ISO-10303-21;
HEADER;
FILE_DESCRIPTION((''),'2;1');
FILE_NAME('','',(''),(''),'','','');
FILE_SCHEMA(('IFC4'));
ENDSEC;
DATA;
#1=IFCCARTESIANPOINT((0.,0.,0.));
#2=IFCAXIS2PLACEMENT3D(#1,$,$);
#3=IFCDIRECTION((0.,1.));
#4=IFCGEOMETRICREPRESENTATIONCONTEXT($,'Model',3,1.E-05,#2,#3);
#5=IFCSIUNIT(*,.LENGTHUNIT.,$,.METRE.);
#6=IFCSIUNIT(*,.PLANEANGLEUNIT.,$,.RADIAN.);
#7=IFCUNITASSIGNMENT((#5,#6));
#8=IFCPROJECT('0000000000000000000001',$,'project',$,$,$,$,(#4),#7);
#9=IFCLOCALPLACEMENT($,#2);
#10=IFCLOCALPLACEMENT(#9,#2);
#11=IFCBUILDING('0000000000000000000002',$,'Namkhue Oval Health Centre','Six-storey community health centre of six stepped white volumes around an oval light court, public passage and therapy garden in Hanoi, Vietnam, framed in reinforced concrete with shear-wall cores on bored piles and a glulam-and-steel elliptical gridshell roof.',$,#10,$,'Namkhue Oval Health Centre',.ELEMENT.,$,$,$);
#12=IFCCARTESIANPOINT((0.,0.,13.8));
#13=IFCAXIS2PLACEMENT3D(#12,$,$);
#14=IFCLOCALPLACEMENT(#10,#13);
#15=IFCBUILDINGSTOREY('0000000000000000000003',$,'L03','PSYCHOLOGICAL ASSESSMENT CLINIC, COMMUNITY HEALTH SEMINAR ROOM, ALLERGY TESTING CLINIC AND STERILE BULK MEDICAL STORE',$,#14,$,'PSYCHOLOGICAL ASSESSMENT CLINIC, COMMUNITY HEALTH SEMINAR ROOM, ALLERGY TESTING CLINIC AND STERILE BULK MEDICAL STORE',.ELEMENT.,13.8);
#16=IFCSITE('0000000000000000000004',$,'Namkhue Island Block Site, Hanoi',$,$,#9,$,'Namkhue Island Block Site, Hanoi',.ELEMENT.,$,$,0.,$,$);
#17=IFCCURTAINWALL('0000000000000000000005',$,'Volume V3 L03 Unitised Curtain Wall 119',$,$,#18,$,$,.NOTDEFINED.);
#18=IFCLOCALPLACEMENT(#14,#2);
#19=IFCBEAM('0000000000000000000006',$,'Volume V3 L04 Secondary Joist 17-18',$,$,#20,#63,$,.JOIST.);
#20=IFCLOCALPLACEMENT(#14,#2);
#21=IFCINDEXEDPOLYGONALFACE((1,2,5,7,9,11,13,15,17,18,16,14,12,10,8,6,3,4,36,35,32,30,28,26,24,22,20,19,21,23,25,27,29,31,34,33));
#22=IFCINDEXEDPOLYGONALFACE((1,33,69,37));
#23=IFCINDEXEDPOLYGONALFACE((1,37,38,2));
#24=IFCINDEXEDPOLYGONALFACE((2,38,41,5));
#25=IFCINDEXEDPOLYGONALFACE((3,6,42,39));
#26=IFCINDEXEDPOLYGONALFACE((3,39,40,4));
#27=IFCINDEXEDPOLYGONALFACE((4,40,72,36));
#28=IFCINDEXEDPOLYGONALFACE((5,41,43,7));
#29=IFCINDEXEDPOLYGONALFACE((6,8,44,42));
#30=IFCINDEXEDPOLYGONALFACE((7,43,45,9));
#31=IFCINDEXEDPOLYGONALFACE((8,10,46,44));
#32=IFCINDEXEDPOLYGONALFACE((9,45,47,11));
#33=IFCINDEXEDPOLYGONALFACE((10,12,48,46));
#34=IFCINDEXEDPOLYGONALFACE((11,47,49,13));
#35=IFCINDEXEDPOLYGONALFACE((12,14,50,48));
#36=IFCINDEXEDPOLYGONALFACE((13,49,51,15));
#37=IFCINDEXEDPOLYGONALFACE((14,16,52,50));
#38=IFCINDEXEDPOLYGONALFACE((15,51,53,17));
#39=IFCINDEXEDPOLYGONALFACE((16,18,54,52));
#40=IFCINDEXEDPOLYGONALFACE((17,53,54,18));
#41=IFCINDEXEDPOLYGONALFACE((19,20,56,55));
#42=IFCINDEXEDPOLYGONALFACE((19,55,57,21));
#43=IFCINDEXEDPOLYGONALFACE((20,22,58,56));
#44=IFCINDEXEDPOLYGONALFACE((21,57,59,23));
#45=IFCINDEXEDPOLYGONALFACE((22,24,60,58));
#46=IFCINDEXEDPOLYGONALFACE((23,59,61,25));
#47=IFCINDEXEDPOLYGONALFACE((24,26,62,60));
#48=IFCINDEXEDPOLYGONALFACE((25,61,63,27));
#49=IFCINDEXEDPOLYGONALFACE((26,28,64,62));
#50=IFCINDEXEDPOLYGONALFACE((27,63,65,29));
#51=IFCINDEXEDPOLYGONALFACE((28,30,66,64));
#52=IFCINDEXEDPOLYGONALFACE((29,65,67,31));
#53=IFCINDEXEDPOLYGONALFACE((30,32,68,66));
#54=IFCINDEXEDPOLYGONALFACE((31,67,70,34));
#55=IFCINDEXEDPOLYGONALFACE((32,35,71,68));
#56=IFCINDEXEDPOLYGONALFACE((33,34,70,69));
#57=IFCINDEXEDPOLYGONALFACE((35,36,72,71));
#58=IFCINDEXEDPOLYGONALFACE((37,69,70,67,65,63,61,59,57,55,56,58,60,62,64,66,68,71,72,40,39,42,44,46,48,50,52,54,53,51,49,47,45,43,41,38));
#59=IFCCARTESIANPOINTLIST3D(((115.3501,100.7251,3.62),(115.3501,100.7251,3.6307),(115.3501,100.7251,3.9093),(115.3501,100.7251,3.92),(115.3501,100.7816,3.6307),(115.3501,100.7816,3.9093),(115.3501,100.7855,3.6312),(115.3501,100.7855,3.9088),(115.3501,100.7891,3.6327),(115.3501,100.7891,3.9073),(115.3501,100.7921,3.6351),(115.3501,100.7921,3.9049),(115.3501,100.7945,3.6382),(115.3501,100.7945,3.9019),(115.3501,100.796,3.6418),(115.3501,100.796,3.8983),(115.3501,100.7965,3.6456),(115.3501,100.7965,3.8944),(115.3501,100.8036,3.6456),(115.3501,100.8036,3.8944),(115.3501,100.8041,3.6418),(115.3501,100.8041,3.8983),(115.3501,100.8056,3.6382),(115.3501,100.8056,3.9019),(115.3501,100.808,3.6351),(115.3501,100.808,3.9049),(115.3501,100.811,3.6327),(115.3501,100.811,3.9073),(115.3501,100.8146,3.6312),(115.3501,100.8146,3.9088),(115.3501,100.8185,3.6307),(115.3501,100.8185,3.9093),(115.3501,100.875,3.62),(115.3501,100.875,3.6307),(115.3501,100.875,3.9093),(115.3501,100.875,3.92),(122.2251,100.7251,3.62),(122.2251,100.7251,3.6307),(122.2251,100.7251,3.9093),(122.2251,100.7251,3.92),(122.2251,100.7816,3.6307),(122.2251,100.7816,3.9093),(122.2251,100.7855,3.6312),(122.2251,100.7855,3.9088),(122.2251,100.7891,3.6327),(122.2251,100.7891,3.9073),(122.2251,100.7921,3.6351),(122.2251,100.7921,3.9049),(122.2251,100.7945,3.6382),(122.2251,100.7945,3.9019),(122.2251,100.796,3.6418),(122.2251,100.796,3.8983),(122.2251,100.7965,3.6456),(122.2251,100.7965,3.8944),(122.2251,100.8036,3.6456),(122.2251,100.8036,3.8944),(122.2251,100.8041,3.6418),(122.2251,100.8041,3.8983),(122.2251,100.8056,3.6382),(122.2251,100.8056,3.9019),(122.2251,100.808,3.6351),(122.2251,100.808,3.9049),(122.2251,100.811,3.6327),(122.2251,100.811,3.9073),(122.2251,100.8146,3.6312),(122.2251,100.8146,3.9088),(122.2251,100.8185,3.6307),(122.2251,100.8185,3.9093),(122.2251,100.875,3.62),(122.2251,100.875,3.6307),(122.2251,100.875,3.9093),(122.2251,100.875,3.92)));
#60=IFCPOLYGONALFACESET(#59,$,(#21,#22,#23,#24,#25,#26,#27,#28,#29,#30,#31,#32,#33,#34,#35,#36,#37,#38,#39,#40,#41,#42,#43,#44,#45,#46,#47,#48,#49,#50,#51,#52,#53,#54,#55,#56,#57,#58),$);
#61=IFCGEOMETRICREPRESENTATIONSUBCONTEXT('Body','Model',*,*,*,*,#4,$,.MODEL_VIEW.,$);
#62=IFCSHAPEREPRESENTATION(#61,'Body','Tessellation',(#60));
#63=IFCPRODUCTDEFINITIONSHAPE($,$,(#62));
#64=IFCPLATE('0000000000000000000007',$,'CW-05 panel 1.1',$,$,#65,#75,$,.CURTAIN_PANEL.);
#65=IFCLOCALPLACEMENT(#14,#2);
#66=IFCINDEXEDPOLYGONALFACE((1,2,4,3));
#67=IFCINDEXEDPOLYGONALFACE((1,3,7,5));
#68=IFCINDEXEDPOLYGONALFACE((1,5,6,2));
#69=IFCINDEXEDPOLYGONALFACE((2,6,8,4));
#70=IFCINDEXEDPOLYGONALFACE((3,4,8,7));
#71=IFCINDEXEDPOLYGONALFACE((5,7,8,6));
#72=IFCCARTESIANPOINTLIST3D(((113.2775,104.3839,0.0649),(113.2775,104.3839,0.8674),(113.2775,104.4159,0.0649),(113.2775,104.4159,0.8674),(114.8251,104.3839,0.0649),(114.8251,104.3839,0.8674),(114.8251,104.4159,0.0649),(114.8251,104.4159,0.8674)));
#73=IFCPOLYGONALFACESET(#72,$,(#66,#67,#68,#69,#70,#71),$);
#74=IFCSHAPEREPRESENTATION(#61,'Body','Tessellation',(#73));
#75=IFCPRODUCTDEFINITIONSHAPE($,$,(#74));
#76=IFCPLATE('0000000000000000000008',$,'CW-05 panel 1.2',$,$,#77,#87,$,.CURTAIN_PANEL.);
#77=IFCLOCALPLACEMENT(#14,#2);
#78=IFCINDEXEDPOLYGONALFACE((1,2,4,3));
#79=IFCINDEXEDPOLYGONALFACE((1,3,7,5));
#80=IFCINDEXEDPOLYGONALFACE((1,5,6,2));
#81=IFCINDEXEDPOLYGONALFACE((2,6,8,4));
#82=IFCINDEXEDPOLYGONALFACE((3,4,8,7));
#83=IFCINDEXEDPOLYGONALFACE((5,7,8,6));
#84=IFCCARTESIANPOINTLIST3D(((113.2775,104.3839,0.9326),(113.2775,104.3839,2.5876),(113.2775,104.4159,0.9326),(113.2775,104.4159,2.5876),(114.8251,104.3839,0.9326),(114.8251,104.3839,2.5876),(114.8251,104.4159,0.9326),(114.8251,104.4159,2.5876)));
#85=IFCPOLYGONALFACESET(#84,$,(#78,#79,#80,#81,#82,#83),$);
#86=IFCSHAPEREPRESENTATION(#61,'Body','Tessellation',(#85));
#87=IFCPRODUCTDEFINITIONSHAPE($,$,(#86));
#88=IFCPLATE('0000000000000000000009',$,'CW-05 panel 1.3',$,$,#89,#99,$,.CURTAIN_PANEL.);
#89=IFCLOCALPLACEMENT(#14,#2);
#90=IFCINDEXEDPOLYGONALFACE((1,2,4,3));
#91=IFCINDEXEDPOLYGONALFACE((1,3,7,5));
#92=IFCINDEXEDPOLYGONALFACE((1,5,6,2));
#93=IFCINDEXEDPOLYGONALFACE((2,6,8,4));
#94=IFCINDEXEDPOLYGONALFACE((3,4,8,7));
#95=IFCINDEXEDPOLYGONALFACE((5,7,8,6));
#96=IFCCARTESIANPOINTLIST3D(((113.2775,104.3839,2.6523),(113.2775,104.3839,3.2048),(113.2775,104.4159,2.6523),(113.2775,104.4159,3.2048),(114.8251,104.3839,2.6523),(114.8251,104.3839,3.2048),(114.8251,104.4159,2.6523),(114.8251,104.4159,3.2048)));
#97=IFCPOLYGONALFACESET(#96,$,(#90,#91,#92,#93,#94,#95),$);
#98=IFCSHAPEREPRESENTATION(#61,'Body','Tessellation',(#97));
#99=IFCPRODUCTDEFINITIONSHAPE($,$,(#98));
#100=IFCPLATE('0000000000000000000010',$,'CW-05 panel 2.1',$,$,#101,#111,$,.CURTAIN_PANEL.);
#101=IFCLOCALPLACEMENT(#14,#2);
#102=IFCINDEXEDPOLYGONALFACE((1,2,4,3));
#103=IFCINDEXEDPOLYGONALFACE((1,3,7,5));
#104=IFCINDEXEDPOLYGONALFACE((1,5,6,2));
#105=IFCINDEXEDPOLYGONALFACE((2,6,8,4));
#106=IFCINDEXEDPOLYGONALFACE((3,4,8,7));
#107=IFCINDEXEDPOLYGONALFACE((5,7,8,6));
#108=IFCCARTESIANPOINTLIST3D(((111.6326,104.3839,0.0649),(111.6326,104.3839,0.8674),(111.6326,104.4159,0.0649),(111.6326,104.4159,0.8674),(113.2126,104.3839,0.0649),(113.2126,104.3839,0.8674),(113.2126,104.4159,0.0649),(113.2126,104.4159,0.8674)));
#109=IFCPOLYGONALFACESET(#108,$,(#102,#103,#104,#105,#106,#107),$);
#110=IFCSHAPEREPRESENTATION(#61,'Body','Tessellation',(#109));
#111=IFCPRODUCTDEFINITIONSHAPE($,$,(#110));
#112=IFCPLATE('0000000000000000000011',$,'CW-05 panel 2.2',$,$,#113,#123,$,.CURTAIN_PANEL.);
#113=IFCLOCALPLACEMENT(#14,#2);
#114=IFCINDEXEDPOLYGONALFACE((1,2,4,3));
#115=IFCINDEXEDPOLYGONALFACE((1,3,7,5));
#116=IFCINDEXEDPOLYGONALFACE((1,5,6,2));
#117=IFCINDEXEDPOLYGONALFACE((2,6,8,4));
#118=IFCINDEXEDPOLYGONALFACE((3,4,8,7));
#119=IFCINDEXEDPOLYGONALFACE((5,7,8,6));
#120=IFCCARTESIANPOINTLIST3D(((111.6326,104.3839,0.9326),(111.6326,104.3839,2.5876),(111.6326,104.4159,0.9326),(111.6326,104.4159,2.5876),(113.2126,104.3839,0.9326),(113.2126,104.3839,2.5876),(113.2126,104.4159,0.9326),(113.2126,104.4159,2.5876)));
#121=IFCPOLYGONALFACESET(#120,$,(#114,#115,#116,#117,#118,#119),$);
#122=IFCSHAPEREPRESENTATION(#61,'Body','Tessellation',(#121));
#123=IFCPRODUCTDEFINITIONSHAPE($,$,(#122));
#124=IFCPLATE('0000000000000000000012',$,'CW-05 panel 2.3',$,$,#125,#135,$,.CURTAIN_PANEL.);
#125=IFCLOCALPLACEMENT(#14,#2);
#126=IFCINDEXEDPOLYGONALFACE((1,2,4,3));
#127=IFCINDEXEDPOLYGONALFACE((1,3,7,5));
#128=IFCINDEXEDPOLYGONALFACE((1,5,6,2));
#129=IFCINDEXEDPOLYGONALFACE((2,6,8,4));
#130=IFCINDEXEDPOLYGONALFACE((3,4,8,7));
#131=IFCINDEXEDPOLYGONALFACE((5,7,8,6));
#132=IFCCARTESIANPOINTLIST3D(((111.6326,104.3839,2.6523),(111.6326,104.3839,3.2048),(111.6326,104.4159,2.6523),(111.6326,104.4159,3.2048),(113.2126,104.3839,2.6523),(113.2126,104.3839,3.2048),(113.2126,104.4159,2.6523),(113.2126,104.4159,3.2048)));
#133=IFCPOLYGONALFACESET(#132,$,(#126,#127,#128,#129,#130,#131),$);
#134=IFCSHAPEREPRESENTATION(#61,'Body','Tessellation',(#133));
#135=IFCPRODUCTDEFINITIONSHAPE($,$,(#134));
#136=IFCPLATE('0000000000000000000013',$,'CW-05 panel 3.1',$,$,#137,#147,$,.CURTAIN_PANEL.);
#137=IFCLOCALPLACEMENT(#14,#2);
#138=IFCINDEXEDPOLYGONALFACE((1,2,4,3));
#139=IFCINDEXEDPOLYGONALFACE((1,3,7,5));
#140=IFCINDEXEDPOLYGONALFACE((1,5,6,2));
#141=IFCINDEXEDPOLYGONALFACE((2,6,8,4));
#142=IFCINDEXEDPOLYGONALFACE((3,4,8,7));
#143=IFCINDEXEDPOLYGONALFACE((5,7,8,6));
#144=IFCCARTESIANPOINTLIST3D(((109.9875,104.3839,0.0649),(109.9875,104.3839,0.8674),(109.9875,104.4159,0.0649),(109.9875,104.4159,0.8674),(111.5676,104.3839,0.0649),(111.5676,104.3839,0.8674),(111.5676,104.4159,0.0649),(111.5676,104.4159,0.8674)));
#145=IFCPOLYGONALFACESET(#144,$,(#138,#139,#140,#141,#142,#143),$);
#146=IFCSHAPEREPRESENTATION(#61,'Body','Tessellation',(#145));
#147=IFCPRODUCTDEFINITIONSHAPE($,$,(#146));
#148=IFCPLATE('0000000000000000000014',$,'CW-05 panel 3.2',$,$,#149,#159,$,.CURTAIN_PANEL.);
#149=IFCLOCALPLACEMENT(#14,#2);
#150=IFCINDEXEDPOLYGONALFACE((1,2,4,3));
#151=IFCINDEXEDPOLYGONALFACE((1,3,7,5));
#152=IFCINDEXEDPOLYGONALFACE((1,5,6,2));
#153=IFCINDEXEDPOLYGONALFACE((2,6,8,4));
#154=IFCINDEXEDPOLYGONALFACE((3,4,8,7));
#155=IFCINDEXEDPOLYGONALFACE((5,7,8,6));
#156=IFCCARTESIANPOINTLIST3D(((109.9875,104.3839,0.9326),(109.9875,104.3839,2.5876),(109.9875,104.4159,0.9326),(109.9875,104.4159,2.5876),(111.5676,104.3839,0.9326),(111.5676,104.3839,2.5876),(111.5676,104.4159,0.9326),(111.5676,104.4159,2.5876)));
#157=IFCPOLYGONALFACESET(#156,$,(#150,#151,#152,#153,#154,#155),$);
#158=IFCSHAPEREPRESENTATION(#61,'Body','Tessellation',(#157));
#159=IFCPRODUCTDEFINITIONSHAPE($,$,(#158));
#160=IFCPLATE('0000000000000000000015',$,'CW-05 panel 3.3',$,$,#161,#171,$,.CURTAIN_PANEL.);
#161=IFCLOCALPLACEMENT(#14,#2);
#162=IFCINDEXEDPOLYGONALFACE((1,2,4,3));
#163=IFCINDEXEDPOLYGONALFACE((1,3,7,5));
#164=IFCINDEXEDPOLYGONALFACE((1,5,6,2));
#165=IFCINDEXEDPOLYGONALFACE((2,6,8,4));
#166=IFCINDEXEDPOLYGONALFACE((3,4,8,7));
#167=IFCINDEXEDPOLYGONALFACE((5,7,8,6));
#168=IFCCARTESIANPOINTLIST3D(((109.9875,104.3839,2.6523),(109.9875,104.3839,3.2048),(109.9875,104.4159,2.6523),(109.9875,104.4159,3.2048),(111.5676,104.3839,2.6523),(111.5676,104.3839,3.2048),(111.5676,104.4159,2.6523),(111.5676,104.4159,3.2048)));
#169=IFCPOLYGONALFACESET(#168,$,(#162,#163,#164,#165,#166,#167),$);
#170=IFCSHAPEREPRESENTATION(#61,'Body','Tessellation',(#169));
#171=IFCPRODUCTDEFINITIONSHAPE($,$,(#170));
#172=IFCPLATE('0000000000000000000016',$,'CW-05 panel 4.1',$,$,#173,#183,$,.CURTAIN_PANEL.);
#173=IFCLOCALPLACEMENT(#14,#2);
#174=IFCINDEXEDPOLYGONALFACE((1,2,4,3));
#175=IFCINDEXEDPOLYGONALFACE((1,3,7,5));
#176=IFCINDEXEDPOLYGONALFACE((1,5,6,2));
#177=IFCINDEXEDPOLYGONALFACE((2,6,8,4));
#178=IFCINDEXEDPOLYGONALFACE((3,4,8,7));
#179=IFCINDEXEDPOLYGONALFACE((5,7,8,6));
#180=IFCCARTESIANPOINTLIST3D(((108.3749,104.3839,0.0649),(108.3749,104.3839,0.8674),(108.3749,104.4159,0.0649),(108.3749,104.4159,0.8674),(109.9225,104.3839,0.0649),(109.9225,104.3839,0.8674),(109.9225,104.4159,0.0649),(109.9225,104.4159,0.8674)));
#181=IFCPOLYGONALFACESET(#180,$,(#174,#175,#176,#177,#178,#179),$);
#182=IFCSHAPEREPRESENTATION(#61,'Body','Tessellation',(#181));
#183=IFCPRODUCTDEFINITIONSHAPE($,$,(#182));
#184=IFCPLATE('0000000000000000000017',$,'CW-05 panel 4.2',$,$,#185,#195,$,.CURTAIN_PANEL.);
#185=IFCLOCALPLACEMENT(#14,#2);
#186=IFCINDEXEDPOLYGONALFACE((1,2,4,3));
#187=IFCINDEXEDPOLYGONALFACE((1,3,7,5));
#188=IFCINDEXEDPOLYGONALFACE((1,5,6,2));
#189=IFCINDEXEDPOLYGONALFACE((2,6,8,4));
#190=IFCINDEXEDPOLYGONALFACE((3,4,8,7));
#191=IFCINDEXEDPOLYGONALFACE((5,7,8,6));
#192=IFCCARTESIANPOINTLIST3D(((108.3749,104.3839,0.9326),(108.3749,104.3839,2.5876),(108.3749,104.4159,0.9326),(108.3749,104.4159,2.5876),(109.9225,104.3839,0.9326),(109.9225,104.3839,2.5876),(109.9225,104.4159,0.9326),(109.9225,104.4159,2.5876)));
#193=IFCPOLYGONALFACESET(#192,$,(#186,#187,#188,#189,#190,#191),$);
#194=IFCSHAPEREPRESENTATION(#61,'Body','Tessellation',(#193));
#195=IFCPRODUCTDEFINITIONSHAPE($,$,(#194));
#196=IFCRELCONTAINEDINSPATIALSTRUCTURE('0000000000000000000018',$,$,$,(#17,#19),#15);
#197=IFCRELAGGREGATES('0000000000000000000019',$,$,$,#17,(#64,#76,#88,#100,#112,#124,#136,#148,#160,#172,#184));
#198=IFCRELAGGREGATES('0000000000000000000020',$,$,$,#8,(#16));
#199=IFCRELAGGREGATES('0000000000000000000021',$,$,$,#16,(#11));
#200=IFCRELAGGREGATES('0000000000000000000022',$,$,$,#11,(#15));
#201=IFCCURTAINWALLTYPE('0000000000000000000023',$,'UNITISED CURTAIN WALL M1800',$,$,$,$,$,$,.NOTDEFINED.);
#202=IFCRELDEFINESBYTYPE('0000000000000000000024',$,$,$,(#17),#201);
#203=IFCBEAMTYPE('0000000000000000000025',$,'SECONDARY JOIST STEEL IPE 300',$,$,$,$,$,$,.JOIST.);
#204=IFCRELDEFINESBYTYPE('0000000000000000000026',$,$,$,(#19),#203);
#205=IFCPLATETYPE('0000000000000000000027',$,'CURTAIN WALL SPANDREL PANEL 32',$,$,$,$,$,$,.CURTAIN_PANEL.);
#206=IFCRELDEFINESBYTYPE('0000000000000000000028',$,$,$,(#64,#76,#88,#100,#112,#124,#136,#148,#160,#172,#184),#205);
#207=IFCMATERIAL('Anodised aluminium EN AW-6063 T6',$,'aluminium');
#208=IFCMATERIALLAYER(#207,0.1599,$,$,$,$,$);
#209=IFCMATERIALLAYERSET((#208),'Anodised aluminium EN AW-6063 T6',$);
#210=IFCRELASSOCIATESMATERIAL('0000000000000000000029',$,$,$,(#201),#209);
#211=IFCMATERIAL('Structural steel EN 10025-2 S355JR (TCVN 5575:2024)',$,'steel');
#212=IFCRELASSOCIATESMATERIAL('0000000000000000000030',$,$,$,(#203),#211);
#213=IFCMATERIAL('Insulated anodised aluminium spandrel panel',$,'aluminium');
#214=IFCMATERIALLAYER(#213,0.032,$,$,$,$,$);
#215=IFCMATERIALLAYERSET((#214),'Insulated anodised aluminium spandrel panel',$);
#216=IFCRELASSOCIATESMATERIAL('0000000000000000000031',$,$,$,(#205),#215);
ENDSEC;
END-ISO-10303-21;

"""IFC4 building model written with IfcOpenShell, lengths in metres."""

from ifc_helpers import new_model, si_unit, direction, frame, origin, origin_2d, place, context, subcontext, project, spatial, rectangle, i_section, extrude, material, layer, layer_set, material_profile, profile_set, type_object, element, aggregate, save


model = new_model("IFC4")

# Units and contexts
model_context = context("Model", 3, precision=1e-05, world=origin(), true_north=direction((0.0, 1.0)))
body_context = subcontext(model_context, "Body", "Model", "MODEL_VIEW")
ifc_project = project(units=[si_unit("LENGTHUNIT", "METRE"), si_unit("PLANEANGLEUNIT", "RADIAN")], contexts=[model_context])

# Site, building, storey
site_placement = place(None, origin())
site = spatial("IfcSite", under=ifc_project, at=site_placement, Name="Namkhue Island Block Site, Hanoi", LongName="Namkhue Island Block Site, Hanoi", CompositionType="ELEMENT", RefElevation=0.0)
building_placement = place(site_placement, origin())
building = spatial("IfcBuilding", under=site, at=building_placement, Name="Namkhue Oval Health Centre", Description="Six-storey community health centre of six stepped white volumes around an oval light court, public passage and therapy garden in Hanoi, Vietnam, framed in reinforced concrete with shear-wall cores on bored piles and a glulam-and-steel elliptical gridshell roof.", LongName="Namkhue Oval Health Centre", CompositionType="ELEMENT")
storey_placement = place(building_placement, frame((0.0, 0.0, 13.8)))
storey = spatial("IfcBuildingStorey", under=building, at=storey_placement, Name="L03", Description="PSYCHOLOGICAL ASSESSMENT CLINIC, COMMUNITY HEALTH SEMINAR ROOM, ALLERGY TESTING CLINIC AND STERILE BULK MEDICAL STORE", LongName="PSYCHOLOGICAL ASSESSMENT CLINIC, COMMUNITY HEALTH SEMINAR ROOM, ALLERGY TESTING CLINIC AND STERILE BULK MEDICAL STORE", CompositionType="ELEMENT", Elevation=13.8)

# Curtain wall
ifc_material_1 = material(Name="Anodised aluminium EN AW-6063 T6", Category="aluminium")
ifc_layer_1 = layer(ifc_material_1, 0.1599)
ifc_layer_set_1 = layer_set([ifc_layer_1], Name="Anodised aluminium EN AW-6063 T6")
curtain_wall_type = type_object("IfcCurtainWallType", Name="UNITISED CURTAIN WALL M1800", PredefinedType="NOTDEFINED", material=ifc_layer_set_1)
curtain_wall_placement = place(storey_placement, origin())
curtain_wall = element("IfcCurtainWall", 1, at=curtain_wall_placement, inside=storey, type_object=curtain_wall_type, Name="Volume V3 L03 Unitised Curtain Wall 119", PredefinedType="NOTDEFINED")

# Beam
ifc_material_2 = material(Name="Structural steel EN 10025-2 S355JR (TCVN 5575:2024)", Category="steel")
ifc_material_profile_1 = material_profile(ifc_material_2, i_section(OverallWidth=0.1499, OverallDepth=0.3, WebThickness=0.0071, FlangeThickness=0.0107, FilletRadius=0.0149, at=origin_2d()), Name="IPE 300")
ifc_profile_set_1 = profile_set([ifc_material_profile_1], Name="Structural steel EN 10025-2 S355JR (TCVN 5575:2024)")
beam_type_1 = type_object("IfcBeamType", Name="SECONDARY JOIST STEEL IPE 300", PredefinedType="JOIST", material=ifc_profile_set_1)
beam_1_placement = place(storey_placement, frame((115.3501, 100.8, 3.77), z_axis=(1.0, 0.0, 0.0), x_axis=(0.0, 1.0, 0.0)))
element("IfcBeam", 2, at=beam_1_placement, inside=storey, type_object=beam_type_1, Name="Volume V3 L04 Secondary Joist 17-18", PredefinedType="JOIST", context=body_context, shape_type="SweptSolid", body=[
    extrude(i_section(OverallWidth=0.1499, OverallDepth=0.3, WebThickness=0.0071, FlangeThickness=0.0107, FilletRadius=0.0149, at=origin_2d()), origin(), (0.0, 0.0, 1.0), 6.875),
])

# Plates
ifc_material_3 = material(Name="Insulated anodised aluminium spandrel panel", Category="aluminium")
ifc_layer_2 = layer(ifc_material_3, 0.032)
ifc_layer_set_2 = layer_set([ifc_layer_2], Name="Insulated anodised aluminium spandrel panel")
plate_type = type_object("IfcPlateType", Name="CURTAIN WALL SPANDREL PANEL 32", PredefinedType="CURTAIN_PANEL", material=ifc_layer_set_2)
plate_1_placement = place(storey_placement, frame((114.0513, 104.3999, 0.0649), z_axis=(0.0, 0.0, 1.0), x_axis=(-1.0, 0.0, 0.0)))
plate_1 = element("IfcPlate", 3, at=plate_1_placement, type_object=plate_type, Name="CW-05 panel 1.1", PredefinedType="CURTAIN_PANEL", context=body_context, shape_type="SweptSolid", body=[
    extrude(rectangle(XDim=1.5476, YDim=0.032, at=origin_2d()), origin(), (0.0, 0.0, 1.0), 0.8025),
])
plate_2_placement = place(storey_placement, frame((114.0513, 104.3999, 0.9326), z_axis=(0.0, 0.0, 1.0), x_axis=(-1.0, 0.0, 0.0)))
plate_2 = element("IfcPlate", 4, at=plate_2_placement, type_object=plate_type, Name="CW-05 panel 1.2", PredefinedType="CURTAIN_PANEL", context=body_context, shape_type="SweptSolid", body=[
    extrude(rectangle(XDim=1.5476, YDim=0.032, at=origin_2d()), origin(), (0.0, 0.0, 1.0), 1.655),
])
plate_3_placement = place(storey_placement, frame((114.0513, 104.3999, 2.6523), z_axis=(0.0, 0.0, 1.0), x_axis=(-1.0, 0.0, 0.0)))
plate_3 = element("IfcPlate", 5, at=plate_3_placement, type_object=plate_type, Name="CW-05 panel 1.3", PredefinedType="CURTAIN_PANEL", context=body_context, shape_type="SweptSolid", body=[
    extrude(rectangle(XDim=1.5476, YDim=0.032, at=origin_2d()), origin(), (0.0, 0.0, 1.0), 0.5525),
])
plate_4_placement = place(storey_placement, frame((112.4226, 104.3999, 0.0649), z_axis=(0.0, 0.0, 1.0), x_axis=(-1.0, 0.0, 0.0)))
plate_4 = element("IfcPlate", 6, at=plate_4_placement, type_object=plate_type, Name="CW-05 panel 2.1", PredefinedType="CURTAIN_PANEL", context=body_context, shape_type="SweptSolid", body=[
    extrude(rectangle(XDim=1.5801, YDim=0.032, at=origin_2d()), origin(), (0.0, 0.0, 1.0), 0.8025),
])
plate_5_placement = place(storey_placement, frame((112.4226, 104.3999, 0.9326), z_axis=(0.0, 0.0, 1.0), x_axis=(-1.0, 0.0, 0.0)))
plate_5 = element("IfcPlate", 7, at=plate_5_placement, type_object=plate_type, Name="CW-05 panel 2.2", PredefinedType="CURTAIN_PANEL", context=body_context, shape_type="SweptSolid", body=[
    extrude(rectangle(XDim=1.5801, YDim=0.032, at=origin_2d()), origin(), (0.0, 0.0, 1.0), 1.655),
])
plate_6_placement = place(storey_placement, frame((112.4226, 104.3999, 2.6523), z_axis=(0.0, 0.0, 1.0), x_axis=(-1.0, 0.0, 0.0)))
plate_6 = element("IfcPlate", 8, at=plate_6_placement, type_object=plate_type, Name="CW-05 panel 2.3", PredefinedType="CURTAIN_PANEL", context=body_context, shape_type="SweptSolid", body=[
    extrude(rectangle(XDim=1.5801, YDim=0.032, at=origin_2d()), origin(), (0.0, 0.0, 1.0), 0.5525),
])
plate_7_placement = place(storey_placement, frame((110.7776, 104.3999, 0.0649), z_axis=(0.0, 0.0, 1.0), x_axis=(-1.0, 0.0, 0.0)))
plate_7 = element("IfcPlate", 9, at=plate_7_placement, type_object=plate_type, Name="CW-05 panel 3.1", PredefinedType="CURTAIN_PANEL", context=body_context, shape_type="SweptSolid", body=[
    extrude(rectangle(XDim=1.5801, YDim=0.032, at=origin_2d()), origin(), (0.0, 0.0, 1.0), 0.8025),
])
plate_8_placement = place(storey_placement, frame((110.7776, 104.3999, 0.9326), z_axis=(0.0, 0.0, 1.0), x_axis=(-1.0, 0.0, 0.0)))
plate_8 = element("IfcPlate", 10, at=plate_8_placement, type_object=plate_type, Name="CW-05 panel 3.2", PredefinedType="CURTAIN_PANEL", context=body_context, shape_type="SweptSolid", body=[
    extrude(rectangle(XDim=1.5801, YDim=0.032, at=origin_2d()), origin(), (0.0, 0.0, 1.0), 1.655),
])
plate_9_placement = place(storey_placement, frame((110.7776, 104.3999, 2.6523), z_axis=(0.0, 0.0, 1.0), x_axis=(-1.0, 0.0, 0.0)))
plate_9 = element("IfcPlate", 11, at=plate_9_placement, type_object=plate_type, Name="CW-05 panel 3.3", PredefinedType="CURTAIN_PANEL", context=body_context, shape_type="SweptSolid", body=[
    extrude(rectangle(XDim=1.5801, YDim=0.032, at=origin_2d()), origin(), (0.0, 0.0, 1.0), 0.5525),
])
plate_10_placement = place(storey_placement, frame((109.1487, 104.3999, 0.0649), z_axis=(0.0, 0.0, 1.0), x_axis=(-1.0, 0.0, 0.0)))
plate_10 = element("IfcPlate", 12, at=plate_10_placement, type_object=plate_type, Name="CW-05 panel 4.1", PredefinedType="CURTAIN_PANEL", context=body_context, shape_type="SweptSolid", body=[
    extrude(rectangle(XDim=1.5476, YDim=0.032, at=origin_2d()), origin(), (0.0, 0.0, 1.0), 0.8025),
])
plate_11_placement = place(storey_placement, frame((109.1487, 104.3999, 0.9326), z_axis=(0.0, 0.0, 1.0), x_axis=(-1.0, 0.0, 0.0)))
plate_11 = element("IfcPlate", 13, at=plate_11_placement, type_object=plate_type, Name="CW-05 panel 4.2", PredefinedType="CURTAIN_PANEL", context=body_context, shape_type="SweptSolid", body=[
    extrude(rectangle(XDim=1.5476, YDim=0.032, at=origin_2d()), origin(), (0.0, 0.0, 1.0), 1.655),
])
aggregate(curtain_wall, [plate_1, plate_2, plate_3, plate_4, plate_5, plate_6, plate_7, plate_8, plate_9, plate_10, plate_11])

save(model, "model.ifc")
